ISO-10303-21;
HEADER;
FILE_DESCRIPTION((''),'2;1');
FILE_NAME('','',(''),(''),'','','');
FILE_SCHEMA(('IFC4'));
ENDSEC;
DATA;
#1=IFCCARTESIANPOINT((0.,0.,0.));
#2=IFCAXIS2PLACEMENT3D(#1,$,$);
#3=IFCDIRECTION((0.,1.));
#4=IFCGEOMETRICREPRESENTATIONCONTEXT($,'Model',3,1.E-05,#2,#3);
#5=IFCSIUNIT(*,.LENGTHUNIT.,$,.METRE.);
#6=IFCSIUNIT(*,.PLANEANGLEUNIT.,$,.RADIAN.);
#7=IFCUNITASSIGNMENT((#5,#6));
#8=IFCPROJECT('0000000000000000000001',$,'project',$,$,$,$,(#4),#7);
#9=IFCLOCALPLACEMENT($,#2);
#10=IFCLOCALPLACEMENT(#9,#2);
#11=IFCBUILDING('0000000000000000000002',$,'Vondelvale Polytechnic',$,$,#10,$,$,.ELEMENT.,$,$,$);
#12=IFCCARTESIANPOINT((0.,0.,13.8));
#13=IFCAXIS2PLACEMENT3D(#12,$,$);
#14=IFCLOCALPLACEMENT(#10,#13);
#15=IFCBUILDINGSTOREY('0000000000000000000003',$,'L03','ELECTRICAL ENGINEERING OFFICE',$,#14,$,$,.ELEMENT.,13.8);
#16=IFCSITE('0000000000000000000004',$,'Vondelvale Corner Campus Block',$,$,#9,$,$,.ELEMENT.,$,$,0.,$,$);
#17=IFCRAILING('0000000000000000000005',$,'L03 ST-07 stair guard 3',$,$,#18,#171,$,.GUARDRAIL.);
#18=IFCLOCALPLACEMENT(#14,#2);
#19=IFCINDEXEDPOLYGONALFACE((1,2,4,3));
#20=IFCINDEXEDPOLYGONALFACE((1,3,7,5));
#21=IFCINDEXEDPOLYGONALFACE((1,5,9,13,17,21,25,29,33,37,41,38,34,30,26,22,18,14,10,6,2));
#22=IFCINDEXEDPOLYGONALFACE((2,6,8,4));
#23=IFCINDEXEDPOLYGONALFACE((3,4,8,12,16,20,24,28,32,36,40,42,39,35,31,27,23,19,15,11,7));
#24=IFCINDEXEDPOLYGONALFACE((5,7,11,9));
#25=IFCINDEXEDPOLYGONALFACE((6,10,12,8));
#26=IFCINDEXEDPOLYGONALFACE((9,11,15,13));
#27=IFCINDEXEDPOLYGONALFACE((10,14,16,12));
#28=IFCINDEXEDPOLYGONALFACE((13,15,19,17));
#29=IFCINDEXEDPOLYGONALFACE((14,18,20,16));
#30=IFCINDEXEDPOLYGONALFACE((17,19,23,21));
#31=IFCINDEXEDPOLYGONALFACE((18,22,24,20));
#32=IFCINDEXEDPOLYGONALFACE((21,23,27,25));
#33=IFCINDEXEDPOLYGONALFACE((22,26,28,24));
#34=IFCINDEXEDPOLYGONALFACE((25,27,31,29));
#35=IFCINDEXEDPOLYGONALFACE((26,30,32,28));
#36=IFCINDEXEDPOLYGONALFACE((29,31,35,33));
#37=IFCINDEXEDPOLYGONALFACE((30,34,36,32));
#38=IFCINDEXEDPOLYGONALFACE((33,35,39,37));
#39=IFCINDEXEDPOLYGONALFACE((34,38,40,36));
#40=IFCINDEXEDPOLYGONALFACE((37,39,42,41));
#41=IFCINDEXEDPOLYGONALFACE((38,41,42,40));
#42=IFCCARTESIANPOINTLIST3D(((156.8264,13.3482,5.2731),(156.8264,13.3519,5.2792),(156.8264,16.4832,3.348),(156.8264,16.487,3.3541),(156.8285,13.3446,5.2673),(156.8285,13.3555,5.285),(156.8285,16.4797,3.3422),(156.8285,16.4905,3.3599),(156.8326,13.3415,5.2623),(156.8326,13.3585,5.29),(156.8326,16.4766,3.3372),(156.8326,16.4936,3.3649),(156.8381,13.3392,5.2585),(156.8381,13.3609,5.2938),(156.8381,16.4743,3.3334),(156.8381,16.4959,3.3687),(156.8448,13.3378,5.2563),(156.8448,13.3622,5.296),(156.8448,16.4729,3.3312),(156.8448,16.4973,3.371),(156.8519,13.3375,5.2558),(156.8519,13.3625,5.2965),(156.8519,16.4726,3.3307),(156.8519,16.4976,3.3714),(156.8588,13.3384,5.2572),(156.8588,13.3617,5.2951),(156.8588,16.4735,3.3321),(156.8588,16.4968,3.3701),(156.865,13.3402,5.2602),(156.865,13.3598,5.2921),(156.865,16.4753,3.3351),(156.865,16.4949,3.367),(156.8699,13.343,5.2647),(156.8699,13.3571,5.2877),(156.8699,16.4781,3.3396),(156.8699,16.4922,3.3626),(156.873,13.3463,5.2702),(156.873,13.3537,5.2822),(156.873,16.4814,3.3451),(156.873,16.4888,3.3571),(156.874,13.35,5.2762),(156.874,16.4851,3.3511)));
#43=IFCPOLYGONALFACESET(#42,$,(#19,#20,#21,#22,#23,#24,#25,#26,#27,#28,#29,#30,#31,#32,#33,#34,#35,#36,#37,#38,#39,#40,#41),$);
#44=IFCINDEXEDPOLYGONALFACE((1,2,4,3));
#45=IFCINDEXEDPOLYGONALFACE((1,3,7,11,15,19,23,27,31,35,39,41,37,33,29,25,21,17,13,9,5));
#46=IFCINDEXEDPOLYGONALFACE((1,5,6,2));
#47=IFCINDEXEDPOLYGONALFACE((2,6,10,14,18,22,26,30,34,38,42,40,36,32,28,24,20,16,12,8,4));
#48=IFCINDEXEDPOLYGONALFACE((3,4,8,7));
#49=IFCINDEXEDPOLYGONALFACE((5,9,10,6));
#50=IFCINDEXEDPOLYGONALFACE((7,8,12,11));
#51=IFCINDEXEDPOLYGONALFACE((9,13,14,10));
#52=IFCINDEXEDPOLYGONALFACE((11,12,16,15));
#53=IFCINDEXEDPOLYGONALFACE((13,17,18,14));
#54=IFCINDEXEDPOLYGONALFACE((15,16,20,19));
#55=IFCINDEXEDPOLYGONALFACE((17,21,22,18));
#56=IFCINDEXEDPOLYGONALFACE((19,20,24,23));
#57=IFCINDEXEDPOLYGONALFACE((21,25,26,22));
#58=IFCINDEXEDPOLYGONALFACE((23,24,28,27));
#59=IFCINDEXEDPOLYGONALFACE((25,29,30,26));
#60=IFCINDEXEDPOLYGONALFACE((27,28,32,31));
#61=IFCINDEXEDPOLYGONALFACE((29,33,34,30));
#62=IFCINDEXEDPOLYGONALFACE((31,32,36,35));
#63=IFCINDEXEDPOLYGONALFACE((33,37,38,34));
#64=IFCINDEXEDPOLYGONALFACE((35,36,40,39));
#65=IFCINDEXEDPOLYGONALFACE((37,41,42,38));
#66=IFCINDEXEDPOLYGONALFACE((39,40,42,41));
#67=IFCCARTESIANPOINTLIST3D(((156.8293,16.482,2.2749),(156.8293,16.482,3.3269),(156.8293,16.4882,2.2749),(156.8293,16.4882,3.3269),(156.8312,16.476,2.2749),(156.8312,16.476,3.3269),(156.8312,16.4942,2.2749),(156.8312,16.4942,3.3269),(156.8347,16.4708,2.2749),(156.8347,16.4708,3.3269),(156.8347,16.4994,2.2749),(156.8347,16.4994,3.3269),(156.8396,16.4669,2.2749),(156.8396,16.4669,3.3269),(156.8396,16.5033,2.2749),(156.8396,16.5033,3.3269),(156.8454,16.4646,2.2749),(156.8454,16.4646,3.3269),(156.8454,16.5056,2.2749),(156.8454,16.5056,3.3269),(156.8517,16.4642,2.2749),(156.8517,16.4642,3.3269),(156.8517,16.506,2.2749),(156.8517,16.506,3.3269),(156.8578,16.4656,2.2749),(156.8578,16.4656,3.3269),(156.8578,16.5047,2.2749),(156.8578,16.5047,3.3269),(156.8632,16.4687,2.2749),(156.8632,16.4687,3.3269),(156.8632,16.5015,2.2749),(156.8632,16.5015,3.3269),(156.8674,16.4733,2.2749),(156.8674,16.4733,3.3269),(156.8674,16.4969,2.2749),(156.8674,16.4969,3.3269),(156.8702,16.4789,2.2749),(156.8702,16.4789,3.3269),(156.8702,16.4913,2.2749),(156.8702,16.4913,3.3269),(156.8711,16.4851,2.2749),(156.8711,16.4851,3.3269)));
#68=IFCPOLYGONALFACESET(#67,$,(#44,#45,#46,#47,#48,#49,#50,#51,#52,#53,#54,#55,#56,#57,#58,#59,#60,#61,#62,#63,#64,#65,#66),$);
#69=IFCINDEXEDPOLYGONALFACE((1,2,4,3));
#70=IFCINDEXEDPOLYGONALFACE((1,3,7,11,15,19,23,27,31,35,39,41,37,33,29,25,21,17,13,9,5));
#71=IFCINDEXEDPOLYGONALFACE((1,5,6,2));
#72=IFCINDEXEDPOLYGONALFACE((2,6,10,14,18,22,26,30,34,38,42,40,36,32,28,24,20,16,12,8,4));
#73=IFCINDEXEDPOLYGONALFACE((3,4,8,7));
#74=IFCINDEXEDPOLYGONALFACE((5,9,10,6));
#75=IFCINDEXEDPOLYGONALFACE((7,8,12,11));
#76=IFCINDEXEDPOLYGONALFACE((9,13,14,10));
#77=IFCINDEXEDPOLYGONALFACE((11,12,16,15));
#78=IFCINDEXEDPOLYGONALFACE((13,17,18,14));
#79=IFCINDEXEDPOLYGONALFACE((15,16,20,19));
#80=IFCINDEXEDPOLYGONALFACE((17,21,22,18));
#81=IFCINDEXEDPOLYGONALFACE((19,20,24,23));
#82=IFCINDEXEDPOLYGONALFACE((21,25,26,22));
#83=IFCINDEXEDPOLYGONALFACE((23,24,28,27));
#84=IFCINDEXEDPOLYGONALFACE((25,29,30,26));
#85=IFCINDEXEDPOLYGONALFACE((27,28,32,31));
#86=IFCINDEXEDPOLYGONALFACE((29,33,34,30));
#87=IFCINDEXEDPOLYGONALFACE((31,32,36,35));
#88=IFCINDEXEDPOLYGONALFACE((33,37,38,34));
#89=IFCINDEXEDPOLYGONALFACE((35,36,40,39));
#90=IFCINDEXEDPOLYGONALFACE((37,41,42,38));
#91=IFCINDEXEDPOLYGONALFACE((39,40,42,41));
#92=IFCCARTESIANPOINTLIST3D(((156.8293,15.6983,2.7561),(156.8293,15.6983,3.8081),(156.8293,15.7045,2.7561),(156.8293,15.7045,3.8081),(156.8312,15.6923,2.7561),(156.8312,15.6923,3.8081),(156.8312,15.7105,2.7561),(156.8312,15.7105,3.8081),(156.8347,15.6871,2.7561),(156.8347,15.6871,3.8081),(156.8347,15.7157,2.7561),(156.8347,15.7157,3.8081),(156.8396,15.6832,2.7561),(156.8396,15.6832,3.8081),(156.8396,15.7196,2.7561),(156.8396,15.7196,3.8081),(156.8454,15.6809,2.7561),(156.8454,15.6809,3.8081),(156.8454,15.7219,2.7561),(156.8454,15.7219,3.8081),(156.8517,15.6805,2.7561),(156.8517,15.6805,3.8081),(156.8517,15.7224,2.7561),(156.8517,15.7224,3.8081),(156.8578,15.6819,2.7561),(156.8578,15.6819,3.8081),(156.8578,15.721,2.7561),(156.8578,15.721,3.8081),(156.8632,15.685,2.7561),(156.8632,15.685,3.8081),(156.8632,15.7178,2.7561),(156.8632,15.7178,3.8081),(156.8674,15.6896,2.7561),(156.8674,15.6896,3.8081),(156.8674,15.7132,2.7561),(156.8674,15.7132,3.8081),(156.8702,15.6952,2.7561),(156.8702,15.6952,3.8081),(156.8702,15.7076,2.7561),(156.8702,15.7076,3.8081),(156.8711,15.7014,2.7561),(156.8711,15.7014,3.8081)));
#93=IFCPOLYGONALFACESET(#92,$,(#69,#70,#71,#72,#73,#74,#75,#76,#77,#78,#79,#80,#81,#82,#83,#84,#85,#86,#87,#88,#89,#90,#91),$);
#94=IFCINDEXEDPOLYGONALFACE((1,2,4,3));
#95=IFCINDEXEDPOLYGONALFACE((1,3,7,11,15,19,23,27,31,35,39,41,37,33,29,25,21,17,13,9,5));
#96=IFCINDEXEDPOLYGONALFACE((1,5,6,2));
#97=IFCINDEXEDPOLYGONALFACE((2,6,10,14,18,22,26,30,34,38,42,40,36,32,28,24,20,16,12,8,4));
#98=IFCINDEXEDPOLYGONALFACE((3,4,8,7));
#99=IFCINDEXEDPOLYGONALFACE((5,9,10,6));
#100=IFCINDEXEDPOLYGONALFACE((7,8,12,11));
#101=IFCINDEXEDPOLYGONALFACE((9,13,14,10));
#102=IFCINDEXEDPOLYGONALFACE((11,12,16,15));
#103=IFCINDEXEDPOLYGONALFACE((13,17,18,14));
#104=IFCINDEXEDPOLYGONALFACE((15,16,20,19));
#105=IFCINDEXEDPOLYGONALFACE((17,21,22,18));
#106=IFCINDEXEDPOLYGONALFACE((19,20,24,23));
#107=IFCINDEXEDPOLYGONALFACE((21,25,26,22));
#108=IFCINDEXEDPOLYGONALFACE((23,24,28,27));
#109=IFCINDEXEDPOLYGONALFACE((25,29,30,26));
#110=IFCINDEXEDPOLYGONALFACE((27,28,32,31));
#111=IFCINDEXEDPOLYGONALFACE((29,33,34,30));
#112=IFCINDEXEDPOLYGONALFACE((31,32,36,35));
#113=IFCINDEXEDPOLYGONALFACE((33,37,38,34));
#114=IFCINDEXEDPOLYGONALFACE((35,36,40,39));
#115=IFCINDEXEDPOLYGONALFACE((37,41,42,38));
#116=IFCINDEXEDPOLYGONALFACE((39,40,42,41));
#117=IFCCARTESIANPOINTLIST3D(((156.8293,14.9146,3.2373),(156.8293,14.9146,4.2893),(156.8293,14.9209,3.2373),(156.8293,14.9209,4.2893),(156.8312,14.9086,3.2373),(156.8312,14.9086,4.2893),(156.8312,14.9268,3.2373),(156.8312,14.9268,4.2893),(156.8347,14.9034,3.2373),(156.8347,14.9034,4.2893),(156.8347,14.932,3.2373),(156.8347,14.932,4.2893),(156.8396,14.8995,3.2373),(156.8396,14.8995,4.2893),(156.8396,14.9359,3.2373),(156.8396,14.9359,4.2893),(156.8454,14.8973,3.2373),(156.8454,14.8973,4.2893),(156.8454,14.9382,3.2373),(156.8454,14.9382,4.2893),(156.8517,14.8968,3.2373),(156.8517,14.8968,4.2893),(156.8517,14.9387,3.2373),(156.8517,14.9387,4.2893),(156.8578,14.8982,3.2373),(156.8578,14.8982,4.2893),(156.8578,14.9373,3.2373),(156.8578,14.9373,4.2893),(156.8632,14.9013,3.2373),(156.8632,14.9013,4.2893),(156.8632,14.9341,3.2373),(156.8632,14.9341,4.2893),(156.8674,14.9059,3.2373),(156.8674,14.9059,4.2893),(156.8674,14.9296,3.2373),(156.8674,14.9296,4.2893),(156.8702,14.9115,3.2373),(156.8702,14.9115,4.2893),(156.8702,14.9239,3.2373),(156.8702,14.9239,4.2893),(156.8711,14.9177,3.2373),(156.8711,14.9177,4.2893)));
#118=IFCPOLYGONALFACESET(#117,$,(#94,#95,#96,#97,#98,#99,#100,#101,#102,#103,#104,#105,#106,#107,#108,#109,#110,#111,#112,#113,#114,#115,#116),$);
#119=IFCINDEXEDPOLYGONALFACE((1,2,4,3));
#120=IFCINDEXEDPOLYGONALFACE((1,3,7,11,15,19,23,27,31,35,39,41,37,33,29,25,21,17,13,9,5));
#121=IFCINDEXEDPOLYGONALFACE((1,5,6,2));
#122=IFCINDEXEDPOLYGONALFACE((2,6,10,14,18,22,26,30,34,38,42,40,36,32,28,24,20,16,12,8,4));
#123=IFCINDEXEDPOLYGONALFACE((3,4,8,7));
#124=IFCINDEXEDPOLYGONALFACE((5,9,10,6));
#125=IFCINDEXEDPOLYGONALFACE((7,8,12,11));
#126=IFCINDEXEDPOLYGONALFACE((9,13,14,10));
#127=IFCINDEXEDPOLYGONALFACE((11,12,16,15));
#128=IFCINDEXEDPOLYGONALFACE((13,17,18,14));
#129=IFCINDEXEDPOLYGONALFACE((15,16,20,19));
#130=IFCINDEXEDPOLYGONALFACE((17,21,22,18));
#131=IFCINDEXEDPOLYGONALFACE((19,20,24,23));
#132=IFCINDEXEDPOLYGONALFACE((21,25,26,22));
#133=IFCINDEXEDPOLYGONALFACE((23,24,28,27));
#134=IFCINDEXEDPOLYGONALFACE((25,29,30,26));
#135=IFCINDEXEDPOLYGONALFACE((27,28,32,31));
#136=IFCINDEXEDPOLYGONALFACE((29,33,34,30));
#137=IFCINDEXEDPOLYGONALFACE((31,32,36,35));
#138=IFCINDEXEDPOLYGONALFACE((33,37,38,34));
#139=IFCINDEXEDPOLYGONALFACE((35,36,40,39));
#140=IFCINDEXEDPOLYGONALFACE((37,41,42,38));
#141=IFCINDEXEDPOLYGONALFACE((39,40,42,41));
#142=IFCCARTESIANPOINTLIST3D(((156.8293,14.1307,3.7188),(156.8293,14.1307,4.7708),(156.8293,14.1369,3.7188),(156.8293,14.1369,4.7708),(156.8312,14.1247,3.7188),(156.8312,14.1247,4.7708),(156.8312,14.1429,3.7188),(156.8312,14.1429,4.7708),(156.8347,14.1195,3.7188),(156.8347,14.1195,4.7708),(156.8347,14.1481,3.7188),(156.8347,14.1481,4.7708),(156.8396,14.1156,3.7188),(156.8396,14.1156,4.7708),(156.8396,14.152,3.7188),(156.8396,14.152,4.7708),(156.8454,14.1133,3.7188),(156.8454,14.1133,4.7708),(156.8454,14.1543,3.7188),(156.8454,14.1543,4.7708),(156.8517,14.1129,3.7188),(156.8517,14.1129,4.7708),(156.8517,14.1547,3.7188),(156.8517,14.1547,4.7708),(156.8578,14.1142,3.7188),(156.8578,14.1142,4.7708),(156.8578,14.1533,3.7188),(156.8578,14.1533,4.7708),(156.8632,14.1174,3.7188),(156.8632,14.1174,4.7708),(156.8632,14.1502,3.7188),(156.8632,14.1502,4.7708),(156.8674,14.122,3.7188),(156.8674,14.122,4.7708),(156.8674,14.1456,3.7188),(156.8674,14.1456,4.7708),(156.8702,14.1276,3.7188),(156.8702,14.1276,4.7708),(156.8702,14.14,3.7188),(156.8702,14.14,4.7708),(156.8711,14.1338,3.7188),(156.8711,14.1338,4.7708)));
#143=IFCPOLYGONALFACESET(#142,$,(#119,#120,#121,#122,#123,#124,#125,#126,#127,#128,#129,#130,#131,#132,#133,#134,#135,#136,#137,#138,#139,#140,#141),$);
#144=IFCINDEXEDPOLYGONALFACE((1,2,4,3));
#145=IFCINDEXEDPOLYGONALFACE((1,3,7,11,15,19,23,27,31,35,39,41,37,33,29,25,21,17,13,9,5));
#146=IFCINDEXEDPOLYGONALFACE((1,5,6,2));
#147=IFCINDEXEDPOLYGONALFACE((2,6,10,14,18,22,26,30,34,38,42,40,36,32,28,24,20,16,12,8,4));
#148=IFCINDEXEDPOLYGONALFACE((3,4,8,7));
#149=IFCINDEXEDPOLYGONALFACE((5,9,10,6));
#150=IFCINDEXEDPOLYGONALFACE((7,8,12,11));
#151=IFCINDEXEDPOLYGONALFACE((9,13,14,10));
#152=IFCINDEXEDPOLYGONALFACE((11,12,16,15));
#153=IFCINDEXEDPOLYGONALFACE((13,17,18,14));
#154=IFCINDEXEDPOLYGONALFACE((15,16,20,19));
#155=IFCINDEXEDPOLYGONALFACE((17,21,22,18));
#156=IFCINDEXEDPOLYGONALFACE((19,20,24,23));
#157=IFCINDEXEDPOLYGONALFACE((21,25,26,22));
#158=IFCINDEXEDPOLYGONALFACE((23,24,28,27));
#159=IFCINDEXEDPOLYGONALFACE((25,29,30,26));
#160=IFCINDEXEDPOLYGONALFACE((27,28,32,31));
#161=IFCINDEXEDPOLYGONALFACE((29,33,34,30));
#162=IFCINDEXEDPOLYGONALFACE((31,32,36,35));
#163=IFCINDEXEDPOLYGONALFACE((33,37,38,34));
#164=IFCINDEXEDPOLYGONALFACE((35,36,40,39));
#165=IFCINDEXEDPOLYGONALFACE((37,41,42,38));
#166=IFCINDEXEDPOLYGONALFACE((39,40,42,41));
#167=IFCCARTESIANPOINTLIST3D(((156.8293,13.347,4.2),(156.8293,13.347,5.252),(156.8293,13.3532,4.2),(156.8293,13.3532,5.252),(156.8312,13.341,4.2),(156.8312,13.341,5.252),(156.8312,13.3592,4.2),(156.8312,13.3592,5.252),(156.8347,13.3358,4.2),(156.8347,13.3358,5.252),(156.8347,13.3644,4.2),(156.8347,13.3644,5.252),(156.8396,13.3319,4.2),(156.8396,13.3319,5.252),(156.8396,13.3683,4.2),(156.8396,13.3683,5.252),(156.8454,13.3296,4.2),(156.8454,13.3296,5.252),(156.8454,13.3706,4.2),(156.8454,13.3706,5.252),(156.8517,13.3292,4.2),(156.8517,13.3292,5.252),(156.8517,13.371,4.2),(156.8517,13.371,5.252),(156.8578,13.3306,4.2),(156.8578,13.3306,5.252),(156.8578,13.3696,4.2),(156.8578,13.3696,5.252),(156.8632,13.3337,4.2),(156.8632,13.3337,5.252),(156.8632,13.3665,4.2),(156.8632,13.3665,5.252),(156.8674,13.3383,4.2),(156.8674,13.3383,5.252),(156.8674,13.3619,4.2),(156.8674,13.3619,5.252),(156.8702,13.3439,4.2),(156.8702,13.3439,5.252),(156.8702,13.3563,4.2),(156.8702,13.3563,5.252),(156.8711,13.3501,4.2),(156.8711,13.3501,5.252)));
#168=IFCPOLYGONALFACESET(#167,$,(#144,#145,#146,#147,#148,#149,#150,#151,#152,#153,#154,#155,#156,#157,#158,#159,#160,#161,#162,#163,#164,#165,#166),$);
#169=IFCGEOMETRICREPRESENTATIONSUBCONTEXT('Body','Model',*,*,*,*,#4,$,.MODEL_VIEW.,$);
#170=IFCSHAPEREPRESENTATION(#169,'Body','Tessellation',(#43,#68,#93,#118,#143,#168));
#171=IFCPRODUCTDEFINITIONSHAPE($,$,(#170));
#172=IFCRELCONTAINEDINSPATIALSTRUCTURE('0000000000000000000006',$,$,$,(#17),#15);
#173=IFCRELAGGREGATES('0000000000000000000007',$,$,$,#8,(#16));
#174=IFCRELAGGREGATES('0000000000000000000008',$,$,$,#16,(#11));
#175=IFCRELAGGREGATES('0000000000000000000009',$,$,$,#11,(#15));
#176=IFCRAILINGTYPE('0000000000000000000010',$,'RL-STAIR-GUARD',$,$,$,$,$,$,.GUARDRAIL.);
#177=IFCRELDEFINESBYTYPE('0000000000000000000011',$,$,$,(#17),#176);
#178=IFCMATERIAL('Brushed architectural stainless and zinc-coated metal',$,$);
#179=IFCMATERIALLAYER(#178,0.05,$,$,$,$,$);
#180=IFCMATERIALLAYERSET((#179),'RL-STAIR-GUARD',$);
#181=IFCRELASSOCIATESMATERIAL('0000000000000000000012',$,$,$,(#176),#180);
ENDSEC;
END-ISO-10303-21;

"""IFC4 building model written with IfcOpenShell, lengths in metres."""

from ifc_helpers import new_model, si_unit, direction, frame, origin, origin_2d, place, context, subcontext, project, spatial, circle, extrude, material, layer, layer_set, type_object, element, save


model = new_model("IFC4")

# Units and contexts
model_context = context("Model", 3, precision=1e-05, world=origin(), true_north=direction((0.0, 1.0)))
body_context = subcontext(model_context, "Body", "Model", "MODEL_VIEW")
ifc_project = project(units=[si_unit("LENGTHUNIT", "METRE"), si_unit("PLANEANGLEUNIT", "RADIAN")], contexts=[model_context])

# Site, building, storey
site_placement = place(None, origin())
site = spatial("IfcSite", under=ifc_project, at=site_placement, Name="Vondelvale Corner Campus Block", CompositionType="ELEMENT", RefElevation=0.0)
building_placement = place(site_placement, origin())
building = spatial("IfcBuilding", under=site, at=building_placement, Name="Vondelvale Polytechnic", CompositionType="ELEMENT")
storey_placement = place(building_placement, frame((0.0, 0.0, 13.8)))
storey = spatial("IfcBuildingStorey", under=building, at=storey_placement, Name="L03", Description="ELECTRICAL ENGINEERING OFFICE", CompositionType="ELEMENT", Elevation=13.8)

# Railing
ifc_material_1 = material(Name="Brushed architectural stainless and zinc-coated metal")
ifc_layer_1 = layer(ifc_material_1, 0.05)
ifc_layer_set_1 = layer_set([ifc_layer_1], Name="RL-STAIR-GUARD")
railing_type_1 = type_object("IfcRailingType", Name="RL-STAIR-GUARD", PredefinedType="GUARDRAIL", material=ifc_layer_set_1)
railing_1_placement = place(storey_placement, frame((156.8501, 16.4851, 2.2749)))
element("IfcRailing", 1, at=railing_1_placement, inside=storey, type_object=railing_type_1, Name="L03 ST-07 stair guard 3", PredefinedType="GUARDRAIL", context=body_context, shape_type="SweptSolid", body=[
    extrude(circle(Radius=0.0239, at=origin_2d()), frame((0.0, 0.0, 1.0762), z_axis=(0.0, -0.852166, 0.523271), x_axis=(1.0, 0.0, 0.0)), (0.0, 0.0, 1.0), 3.679),
    extrude(circle(Radius=0.021, at=origin_2d()), origin(), (0.0, 0.0, 1.0), 1.052),
    extrude(circle(Radius=0.021, at=origin_2d()), frame((0.0, -0.7837, 0.4812)), (0.0, 0.0, 1.0), 1.052),
    extrude(circle(Radius=0.021, at=origin_2d()), frame((0.0, -1.5674, 0.9624)), (0.0, 0.0, 1.0), 1.052),
    extrude(circle(Radius=0.021, at=origin_2d()), frame((0.0, -2.3513, 1.4438)), (0.0, 0.0, 1.0), 1.052),
    extrude(circle(Radius=0.021, at=origin_2d()), frame((0.0, -3.135, 1.925)), (0.0, 0.0, 1.0), 1.052),
])

save(model, "model.ifc")
